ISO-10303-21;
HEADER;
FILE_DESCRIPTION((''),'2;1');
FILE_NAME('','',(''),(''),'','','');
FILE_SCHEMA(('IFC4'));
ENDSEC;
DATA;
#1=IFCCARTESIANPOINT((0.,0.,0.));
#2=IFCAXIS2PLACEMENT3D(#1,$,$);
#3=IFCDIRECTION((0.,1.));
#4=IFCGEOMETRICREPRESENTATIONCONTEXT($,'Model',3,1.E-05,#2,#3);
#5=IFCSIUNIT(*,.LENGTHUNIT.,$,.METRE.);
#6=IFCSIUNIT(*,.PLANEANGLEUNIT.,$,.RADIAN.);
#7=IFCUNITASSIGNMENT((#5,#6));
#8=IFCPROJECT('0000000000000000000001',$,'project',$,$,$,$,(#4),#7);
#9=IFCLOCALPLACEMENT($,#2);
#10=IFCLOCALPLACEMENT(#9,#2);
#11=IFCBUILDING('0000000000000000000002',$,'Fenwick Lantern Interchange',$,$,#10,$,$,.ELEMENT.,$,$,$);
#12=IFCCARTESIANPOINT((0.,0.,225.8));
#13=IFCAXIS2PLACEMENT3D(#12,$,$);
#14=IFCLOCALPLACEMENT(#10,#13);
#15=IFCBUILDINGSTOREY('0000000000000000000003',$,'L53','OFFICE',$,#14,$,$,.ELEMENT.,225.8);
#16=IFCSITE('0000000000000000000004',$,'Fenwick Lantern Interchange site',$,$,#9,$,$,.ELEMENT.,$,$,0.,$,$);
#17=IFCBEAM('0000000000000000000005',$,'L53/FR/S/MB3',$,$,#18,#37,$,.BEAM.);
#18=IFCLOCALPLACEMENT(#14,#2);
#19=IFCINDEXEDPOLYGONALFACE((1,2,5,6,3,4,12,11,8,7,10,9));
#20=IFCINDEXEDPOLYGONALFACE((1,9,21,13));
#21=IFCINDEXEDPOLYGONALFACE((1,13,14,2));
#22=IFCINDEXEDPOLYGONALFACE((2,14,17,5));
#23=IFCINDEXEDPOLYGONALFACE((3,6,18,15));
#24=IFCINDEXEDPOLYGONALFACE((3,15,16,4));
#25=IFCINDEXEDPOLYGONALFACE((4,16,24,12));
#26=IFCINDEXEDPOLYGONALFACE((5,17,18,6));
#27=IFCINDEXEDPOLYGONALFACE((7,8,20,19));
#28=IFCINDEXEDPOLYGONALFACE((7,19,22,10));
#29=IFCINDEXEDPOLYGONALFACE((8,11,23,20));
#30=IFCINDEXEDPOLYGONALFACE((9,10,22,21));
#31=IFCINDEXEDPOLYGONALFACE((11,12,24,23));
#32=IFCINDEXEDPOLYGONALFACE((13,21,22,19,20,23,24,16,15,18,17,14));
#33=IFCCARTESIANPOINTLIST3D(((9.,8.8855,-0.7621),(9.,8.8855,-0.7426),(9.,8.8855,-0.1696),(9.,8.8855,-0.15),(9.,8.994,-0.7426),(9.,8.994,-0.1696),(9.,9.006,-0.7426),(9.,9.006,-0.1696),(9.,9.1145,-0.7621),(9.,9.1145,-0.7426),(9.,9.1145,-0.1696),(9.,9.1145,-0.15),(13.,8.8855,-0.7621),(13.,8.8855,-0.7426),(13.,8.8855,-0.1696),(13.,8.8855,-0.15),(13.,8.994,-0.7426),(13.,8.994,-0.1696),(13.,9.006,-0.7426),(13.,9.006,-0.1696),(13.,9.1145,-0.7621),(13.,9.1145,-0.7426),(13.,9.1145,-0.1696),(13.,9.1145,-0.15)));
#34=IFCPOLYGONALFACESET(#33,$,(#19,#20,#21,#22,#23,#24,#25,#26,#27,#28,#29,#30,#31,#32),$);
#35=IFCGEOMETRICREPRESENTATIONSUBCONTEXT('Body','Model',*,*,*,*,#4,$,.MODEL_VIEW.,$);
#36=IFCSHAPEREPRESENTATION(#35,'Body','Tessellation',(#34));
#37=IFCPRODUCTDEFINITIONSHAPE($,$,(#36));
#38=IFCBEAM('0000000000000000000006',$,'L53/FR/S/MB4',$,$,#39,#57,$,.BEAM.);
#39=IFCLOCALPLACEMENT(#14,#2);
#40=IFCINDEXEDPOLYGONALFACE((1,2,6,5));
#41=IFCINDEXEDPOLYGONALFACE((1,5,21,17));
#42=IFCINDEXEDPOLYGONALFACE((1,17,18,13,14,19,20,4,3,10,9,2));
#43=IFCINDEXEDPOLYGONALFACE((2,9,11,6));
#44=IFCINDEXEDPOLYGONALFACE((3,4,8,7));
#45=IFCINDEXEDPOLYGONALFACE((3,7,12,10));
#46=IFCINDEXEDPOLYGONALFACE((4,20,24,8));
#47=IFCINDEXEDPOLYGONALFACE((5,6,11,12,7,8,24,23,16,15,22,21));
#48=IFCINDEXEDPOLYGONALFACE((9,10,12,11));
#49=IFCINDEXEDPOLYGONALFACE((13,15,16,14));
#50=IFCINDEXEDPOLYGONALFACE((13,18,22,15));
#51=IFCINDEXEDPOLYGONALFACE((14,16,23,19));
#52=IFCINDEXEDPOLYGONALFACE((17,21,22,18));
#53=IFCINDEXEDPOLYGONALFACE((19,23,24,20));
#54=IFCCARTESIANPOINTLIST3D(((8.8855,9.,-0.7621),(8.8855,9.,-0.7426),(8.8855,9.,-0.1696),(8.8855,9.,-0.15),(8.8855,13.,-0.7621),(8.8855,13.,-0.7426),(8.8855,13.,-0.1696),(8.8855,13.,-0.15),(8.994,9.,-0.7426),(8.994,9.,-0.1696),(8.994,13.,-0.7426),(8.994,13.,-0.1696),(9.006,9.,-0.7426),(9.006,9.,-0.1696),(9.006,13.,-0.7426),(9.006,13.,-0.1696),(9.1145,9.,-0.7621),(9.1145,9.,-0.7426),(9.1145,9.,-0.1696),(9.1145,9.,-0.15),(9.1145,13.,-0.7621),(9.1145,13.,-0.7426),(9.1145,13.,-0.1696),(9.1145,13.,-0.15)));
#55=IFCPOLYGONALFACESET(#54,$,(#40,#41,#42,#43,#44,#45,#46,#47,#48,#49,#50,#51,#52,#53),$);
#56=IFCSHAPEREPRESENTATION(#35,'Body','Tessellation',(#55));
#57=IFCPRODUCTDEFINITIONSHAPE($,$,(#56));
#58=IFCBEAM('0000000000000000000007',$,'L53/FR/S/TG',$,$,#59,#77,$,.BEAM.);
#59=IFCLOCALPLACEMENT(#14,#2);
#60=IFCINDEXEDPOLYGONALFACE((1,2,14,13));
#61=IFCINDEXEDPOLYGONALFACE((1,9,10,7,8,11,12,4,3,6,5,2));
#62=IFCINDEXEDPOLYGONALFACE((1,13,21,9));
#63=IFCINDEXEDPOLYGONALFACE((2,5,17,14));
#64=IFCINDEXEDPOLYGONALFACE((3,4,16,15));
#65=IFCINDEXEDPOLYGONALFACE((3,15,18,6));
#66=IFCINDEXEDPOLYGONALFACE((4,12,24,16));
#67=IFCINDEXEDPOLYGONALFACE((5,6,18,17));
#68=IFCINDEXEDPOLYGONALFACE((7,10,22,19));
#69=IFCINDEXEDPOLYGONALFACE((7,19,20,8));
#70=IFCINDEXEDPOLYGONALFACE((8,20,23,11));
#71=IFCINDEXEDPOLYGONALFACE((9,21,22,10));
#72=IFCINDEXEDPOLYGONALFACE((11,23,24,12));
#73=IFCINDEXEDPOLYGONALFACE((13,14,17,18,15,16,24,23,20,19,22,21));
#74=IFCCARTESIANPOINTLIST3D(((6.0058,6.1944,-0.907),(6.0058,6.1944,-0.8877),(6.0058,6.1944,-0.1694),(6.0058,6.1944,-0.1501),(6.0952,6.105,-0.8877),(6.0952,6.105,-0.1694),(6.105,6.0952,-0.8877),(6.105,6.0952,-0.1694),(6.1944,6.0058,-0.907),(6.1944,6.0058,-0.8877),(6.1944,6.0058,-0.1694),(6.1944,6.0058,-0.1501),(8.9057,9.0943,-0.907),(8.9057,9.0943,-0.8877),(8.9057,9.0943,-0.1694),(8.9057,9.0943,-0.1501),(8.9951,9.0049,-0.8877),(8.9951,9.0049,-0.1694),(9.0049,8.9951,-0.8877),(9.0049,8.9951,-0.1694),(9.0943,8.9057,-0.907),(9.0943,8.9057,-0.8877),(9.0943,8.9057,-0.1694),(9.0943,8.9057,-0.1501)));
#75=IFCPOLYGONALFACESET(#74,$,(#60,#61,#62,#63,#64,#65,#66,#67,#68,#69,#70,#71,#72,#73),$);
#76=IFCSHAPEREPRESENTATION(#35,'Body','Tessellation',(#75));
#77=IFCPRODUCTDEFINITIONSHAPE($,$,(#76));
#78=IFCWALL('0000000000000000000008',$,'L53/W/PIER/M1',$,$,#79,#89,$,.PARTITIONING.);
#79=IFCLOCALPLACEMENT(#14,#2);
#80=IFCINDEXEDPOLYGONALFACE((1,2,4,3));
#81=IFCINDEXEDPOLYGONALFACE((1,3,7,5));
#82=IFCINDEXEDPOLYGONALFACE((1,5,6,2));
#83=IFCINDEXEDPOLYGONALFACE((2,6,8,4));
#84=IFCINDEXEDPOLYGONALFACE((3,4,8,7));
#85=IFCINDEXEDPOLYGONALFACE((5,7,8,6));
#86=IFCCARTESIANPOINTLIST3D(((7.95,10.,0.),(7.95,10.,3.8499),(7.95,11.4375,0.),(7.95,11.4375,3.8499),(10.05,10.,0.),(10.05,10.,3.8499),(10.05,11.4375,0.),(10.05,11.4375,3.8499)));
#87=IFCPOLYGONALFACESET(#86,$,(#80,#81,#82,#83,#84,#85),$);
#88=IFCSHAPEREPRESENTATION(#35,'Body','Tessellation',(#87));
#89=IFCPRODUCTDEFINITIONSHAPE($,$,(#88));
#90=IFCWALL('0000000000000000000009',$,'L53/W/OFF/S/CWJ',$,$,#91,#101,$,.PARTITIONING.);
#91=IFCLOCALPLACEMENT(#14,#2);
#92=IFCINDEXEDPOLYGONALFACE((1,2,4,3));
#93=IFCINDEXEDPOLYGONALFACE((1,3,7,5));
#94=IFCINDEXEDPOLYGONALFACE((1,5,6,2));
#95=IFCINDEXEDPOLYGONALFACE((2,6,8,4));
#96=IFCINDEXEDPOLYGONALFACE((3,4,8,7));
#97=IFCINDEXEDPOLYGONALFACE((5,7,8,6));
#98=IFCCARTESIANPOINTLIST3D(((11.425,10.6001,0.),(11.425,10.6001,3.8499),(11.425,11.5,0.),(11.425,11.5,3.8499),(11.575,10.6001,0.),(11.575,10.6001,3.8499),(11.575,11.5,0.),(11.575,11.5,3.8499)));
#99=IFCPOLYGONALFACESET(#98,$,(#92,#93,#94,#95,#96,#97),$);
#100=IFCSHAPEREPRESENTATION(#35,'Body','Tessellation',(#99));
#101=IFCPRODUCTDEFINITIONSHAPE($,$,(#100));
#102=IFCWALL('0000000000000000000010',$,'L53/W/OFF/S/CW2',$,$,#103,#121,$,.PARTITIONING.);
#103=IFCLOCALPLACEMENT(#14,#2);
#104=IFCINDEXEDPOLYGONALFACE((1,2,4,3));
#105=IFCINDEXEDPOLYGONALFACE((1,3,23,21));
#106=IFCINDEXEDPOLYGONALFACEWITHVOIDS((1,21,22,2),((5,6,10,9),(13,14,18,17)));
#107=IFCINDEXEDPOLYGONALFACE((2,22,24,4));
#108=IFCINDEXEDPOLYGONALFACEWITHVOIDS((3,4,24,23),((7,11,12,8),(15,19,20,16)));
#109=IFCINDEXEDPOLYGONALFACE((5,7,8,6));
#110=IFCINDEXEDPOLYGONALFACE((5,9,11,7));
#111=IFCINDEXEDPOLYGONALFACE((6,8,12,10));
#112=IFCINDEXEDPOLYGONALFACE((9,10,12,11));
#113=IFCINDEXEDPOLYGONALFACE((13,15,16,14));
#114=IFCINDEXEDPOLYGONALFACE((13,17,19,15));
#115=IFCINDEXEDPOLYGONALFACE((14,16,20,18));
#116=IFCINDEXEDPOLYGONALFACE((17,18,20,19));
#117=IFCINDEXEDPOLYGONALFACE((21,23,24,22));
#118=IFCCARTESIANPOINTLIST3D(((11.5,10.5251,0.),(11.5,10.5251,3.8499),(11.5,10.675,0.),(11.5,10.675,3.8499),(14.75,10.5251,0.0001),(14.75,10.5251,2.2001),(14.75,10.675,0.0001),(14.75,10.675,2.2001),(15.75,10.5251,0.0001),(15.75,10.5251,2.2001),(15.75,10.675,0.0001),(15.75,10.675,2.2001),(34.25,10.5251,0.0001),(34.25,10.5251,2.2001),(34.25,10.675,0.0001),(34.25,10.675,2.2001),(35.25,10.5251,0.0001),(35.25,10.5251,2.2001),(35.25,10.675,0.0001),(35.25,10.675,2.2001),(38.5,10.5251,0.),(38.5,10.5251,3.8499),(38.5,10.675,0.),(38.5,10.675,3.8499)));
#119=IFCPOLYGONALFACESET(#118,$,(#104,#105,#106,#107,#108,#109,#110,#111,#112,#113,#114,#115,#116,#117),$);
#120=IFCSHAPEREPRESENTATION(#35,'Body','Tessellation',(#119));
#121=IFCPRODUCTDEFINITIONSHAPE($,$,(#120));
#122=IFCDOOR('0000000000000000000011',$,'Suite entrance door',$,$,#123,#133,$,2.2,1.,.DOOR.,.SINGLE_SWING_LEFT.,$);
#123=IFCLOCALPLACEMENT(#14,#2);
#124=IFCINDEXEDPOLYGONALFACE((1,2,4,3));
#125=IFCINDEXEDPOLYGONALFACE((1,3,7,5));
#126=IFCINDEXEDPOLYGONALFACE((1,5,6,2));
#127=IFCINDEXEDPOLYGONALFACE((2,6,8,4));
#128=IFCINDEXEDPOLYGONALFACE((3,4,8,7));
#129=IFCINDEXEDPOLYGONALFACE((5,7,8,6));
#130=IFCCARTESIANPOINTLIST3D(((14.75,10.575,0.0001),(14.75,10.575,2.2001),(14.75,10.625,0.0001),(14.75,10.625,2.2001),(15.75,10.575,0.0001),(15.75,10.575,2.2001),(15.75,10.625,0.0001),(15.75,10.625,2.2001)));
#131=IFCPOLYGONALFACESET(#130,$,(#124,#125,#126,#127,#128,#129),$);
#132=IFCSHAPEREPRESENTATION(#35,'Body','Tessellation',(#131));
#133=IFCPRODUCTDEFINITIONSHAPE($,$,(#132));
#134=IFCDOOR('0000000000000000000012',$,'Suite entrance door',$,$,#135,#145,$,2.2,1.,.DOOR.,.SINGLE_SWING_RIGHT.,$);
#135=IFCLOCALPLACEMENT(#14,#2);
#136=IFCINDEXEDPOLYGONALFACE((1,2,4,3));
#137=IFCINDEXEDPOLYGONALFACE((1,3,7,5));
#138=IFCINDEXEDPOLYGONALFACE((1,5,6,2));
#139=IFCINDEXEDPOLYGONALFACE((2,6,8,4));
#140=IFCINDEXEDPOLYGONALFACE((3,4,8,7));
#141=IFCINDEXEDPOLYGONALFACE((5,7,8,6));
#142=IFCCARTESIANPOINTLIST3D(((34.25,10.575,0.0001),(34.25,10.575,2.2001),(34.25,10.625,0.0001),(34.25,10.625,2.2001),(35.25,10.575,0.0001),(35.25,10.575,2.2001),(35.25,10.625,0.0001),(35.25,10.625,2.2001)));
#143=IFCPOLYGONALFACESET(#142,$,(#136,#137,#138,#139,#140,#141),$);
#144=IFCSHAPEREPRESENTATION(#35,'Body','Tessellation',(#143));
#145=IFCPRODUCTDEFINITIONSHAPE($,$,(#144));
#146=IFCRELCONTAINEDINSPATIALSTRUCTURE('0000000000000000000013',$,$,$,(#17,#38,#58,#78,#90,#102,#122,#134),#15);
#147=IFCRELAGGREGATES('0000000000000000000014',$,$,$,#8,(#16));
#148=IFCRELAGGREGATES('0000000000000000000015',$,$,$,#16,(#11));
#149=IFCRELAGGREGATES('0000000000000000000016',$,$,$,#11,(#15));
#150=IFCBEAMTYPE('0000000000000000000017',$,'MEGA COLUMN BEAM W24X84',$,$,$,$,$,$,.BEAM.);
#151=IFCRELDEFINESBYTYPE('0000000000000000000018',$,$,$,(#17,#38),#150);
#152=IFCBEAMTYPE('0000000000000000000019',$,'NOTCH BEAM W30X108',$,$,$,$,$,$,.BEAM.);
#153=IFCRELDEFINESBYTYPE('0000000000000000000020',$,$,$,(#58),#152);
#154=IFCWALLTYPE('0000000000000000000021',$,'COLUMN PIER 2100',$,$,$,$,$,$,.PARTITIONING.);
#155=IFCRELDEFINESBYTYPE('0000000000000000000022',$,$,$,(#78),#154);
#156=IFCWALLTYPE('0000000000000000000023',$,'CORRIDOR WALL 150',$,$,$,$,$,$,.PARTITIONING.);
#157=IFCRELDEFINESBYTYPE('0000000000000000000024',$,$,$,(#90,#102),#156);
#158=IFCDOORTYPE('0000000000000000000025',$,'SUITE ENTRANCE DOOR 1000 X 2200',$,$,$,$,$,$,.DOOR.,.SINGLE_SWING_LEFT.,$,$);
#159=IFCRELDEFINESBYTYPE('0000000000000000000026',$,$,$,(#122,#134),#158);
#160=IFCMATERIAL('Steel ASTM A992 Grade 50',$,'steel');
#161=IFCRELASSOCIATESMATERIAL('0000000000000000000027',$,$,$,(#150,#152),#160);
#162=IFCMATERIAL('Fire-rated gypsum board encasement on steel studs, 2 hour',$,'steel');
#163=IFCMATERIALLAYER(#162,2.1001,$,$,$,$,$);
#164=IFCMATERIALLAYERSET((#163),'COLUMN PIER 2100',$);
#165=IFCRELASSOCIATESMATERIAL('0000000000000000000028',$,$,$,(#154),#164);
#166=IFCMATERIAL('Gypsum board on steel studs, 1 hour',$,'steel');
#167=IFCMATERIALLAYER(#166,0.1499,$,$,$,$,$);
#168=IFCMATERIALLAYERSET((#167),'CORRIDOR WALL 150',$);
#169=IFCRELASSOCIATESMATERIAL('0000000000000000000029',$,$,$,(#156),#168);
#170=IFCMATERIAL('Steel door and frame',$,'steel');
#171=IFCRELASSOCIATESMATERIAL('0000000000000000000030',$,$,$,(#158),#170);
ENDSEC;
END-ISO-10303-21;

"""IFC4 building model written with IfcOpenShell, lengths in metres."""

from ifc_helpers import new_model, si_unit, direction, frame, frame_2d, origin, origin_2d, place, context, subcontext, project, spatial, rectangle, i_section, extrude, material, layer, layer_set, material_profile, profile_set, type_object, element, fill, save


model = new_model("IFC4")

# Units and contexts
model_context = context("Model", 3, precision=1e-05, world=origin(), true_north=direction((0.0, 1.0)))
body_context = subcontext(model_context, "Body", "Model", "MODEL_VIEW")
ifc_project = project(units=[si_unit("LENGTHUNIT", "METRE"), si_unit("PLANEANGLEUNIT", "RADIAN")], contexts=[model_context])

# Site, building, storey
site_placement = place(None, origin())
site = spatial("IfcSite", under=ifc_project, at=site_placement, Name="Fenwick Lantern Interchange site", CompositionType="ELEMENT", RefElevation=0.0)
building_placement = place(site_placement, origin())
building = spatial("IfcBuilding", under=site, at=building_placement, Name="Fenwick Lantern Interchange", CompositionType="ELEMENT")
storey_placement = place(building_placement, frame((0.0, 0.0, 225.8)))
storey = spatial("IfcBuildingStorey", under=building, at=storey_placement, Name="L53", Description="OFFICE", CompositionType="ELEMENT", Elevation=225.8)

# Shared definitions
ifc_material_1 = material(Name="Steel ASTM A992 Grade 50", Category="steel")

# Beams
ifc_material_profile_1 = material_profile(ifc_material_1, i_section(OverallWidth=0.229, OverallDepth=0.6121, WebThickness=0.012, FlangeThickness=0.0195, at=origin_2d()), Name="W24X84")
ifc_profile_set_1 = profile_set([ifc_material_profile_1], Name="Steel ASTM A992 Grade 50")
beam_type_1 = type_object("IfcBeamType", Name="MEGA COLUMN BEAM W24X84", PredefinedType="BEAM", material=ifc_profile_set_1)
for number, where, z_axis, x_axis, name in (
    (1, (9.0, 9.0, -0.4561), (1.0, 0.0, 0.0), (0.0, 1.0, 0.0), "L53/FR/S/MB3"),
    (2, (9.0, 9.0, -0.4561), (0.0, 1.0, 0.0), (-1.0, 0.0, 0.0), "L53/FR/S/MB4"),
):
    element("IfcBeam", number, at=place(storey_placement, frame(where, z_axis=z_axis, x_axis=x_axis)), inside=storey, type_object=beam_type_1, Name=name, PredefinedType="BEAM", context=body_context, shape_type="SweptSolid", body=[
        extrude(i_section(OverallWidth=0.229, OverallDepth=0.6121, WebThickness=0.012, FlangeThickness=0.0195, at=origin_2d()), origin(), (0.0, 0.0, 1.0), 4.0),
    ])
ifc_material_profile_2 = material_profile(ifc_material_1, i_section(OverallWidth=0.2666, OverallDepth=0.7568, WebThickness=0.0139, FlangeThickness=0.0193, at=origin_2d()), Name="W30X108")
ifc_profile_set_2 = profile_set([ifc_material_profile_2], Name="Steel ASTM A992 Grade 50")
beam_type_2 = type_object("IfcBeamType", Name="NOTCH BEAM W30X108", PredefinedType="BEAM", material=ifc_profile_set_2)
beam_1_placement = place(storey_placement, frame((9.0, 9.0, -0.5286), z_axis=(-0.707107, -0.707107, 0.0), x_axis=(0.707107, -0.707107, 0.0)))
element("IfcBeam", 3, at=beam_1_placement, inside=storey, type_object=beam_type_2, Name="L53/FR/S/TG", PredefinedType="BEAM", context=body_context, shape_type="SweptSolid", body=[
    extrude(i_section(OverallWidth=0.2666, OverallDepth=0.7568, WebThickness=0.0139, FlangeThickness=0.0193, at=origin_2d()), origin(), (0.0, 0.0, 1.0), 4.1011),
])

# Wall
ifc_material_2 = material(Name="Fire-rated gypsum board encasement on steel studs, 2 hour", Category="steel")
ifc_layer_1 = layer(ifc_material_2, 2.1001)
ifc_layer_set_1 = layer_set([ifc_layer_1], Name="COLUMN PIER 2100")
wall_type_1 = type_object("IfcWallType", Name="COLUMN PIER 2100", PredefinedType="PARTITIONING", material=ifc_layer_set_1)
wall_1_placement = place(storey_placement, frame((9.0, 11.4375, 0.0), z_axis=(0.0, 0.0, 1.0), x_axis=(0.0, -1.0, 0.0)))
element("IfcWall", 4, at=wall_1_placement, inside=storey, type_object=wall_type_1, Name="L53/W/PIER/M1", PredefinedType="PARTITIONING", context=body_context, shape_type="SweptSolid", body=[
    extrude(rectangle(XDim=1.4375, YDim=2.1001, at=frame_2d((0.7188, 0.0))), origin(), (0.0, 0.0, 1.0), 3.8499),
])

# Shared definitions
ifc_material_3 = material(Name="Steel door and frame", Category="steel")

# Wall
ifc_material_4 = material(Name="Gypsum board on steel studs, 1 hour", Category="steel")
ifc_layer_2 = layer(ifc_material_4, 0.1499)
ifc_layer_set_2 = layer_set([ifc_layer_2], Name="CORRIDOR WALL 150")
wall_type_2 = type_object("IfcWallType", Name="CORRIDOR WALL 150", PredefinedType="PARTITIONING", material=ifc_layer_set_2)
wall_2_placement = place(storey_placement, frame((11.5, 11.5, 0.0), z_axis=(0.0, 0.0, 1.0), x_axis=(0.0, -1.0, 0.0)))
element("IfcWall", 5, at=wall_2_placement, inside=storey, type_object=wall_type_2, Name="L53/W/OFF/S/CWJ", PredefinedType="PARTITIONING", context=body_context, shape_type="SweptSolid", body=[
    extrude(rectangle(XDim=0.8999, YDim=0.1499, at=frame_2d((0.45, 0.0))), origin(), (0.0, 0.0, 1.0), 3.8499),
])

# Wall, openings, doors
wall_3_placement = place(storey_placement, frame((11.5, 10.6001, 0.0), z_axis=(0.0, 0.0, 1.0), x_axis=(1.0, 0.0, 0.0)))
wall_3 = element("IfcWall", 6, at=wall_3_placement, inside=storey, type_object=wall_type_2, Name="L53/W/OFF/S/CW2", PredefinedType="PARTITIONING", context=body_context, shape_type="SweptSolid", body=[
    extrude(rectangle(XDim=27.0, YDim=0.1499, at=frame_2d((13.5, 0.0))), origin(), (0.0, 0.0, 1.0), 3.8499),
])
opening_1_placement = place(wall_3_placement, frame((3.25, 0.0, 0.0)))
opening_1 = element("IfcOpeningElement", 7, at=opening_1_placement, cuts=wall_3, PredefinedType="OPENING", context=body_context, shape_type="SweptSolid", body=[
    extrude(rectangle(XDim=1.0, YDim=2.2, at=frame_2d((0.5, 1.1001))), frame((0.0, 0.085, 0.0), z_axis=(0.0, -1.0, 0.0), x_axis=(1.0, 0.0, 0.0)), (0.0, 0.0, 1.0), 0.1699),
])
opening_2_placement = place(wall_3_placement, frame((22.75, 0.0, 0.0)))
opening_2 = element("IfcOpeningElement", 8, at=opening_2_placement, cuts=wall_3, PredefinedType="OPENING", context=body_context, shape_type="SweptSolid", body=[
    extrude(rectangle(XDim=1.0, YDim=2.2, at=frame_2d((0.5, 1.1001))), frame((0.0, 0.085, 0.0), z_axis=(0.0, -1.0, 0.0), x_axis=(1.0, 0.0, 0.0)), (0.0, 0.0, 1.0), 0.1699),
])
door_type_1 = type_object("IfcDoorType", Name="SUITE ENTRANCE DOOR 1000 X 2200", OperationType="SINGLE_SWING_LEFT", PredefinedType="DOOR", material=ifc_material_3)
door_1_placement = place(opening_1_placement, origin())
door_1 = element("IfcDoor", 9, at=door_1_placement, inside=storey, type_object=door_type_1, Name="Suite entrance door", OperationType="SINGLE_SWING_LEFT", OverallHeight=2.2, OverallWidth=1.0, PredefinedType="DOOR", context=body_context, shape_type="SweptSolid", body=[
    extrude(rectangle(XDim=1.0, YDim=2.2, at=frame_2d((0.5, 1.1001))), frame((0.0, 0.0249, 0.0), z_axis=(0.0, -1.0, 0.0), x_axis=(1.0, 0.0, 0.0)), (0.0, 0.0, 1.0), 0.05),
])
fill(opening_1, door_1)
door_2_placement = place(opening_2_placement, origin())
door_2 = element("IfcDoor", 10, at=door_2_placement, inside=storey, type_object=door_type_1, Name="Suite entrance door", OperationType="SINGLE_SWING_RIGHT", OverallHeight=2.2, OverallWidth=1.0, PredefinedType="DOOR", context=body_context, shape_type="SweptSolid", body=[
    extrude(rectangle(XDim=1.0, YDim=2.2, at=frame_2d((0.5, 1.1001))), frame((0.0, 0.0249, 0.0), z_axis=(0.0, -1.0, 0.0), x_axis=(1.0, 0.0, 0.0)), (0.0, 0.0, 1.0), 0.05),
])
fill(opening_2, door_2)

save(model, "model.ifc")
